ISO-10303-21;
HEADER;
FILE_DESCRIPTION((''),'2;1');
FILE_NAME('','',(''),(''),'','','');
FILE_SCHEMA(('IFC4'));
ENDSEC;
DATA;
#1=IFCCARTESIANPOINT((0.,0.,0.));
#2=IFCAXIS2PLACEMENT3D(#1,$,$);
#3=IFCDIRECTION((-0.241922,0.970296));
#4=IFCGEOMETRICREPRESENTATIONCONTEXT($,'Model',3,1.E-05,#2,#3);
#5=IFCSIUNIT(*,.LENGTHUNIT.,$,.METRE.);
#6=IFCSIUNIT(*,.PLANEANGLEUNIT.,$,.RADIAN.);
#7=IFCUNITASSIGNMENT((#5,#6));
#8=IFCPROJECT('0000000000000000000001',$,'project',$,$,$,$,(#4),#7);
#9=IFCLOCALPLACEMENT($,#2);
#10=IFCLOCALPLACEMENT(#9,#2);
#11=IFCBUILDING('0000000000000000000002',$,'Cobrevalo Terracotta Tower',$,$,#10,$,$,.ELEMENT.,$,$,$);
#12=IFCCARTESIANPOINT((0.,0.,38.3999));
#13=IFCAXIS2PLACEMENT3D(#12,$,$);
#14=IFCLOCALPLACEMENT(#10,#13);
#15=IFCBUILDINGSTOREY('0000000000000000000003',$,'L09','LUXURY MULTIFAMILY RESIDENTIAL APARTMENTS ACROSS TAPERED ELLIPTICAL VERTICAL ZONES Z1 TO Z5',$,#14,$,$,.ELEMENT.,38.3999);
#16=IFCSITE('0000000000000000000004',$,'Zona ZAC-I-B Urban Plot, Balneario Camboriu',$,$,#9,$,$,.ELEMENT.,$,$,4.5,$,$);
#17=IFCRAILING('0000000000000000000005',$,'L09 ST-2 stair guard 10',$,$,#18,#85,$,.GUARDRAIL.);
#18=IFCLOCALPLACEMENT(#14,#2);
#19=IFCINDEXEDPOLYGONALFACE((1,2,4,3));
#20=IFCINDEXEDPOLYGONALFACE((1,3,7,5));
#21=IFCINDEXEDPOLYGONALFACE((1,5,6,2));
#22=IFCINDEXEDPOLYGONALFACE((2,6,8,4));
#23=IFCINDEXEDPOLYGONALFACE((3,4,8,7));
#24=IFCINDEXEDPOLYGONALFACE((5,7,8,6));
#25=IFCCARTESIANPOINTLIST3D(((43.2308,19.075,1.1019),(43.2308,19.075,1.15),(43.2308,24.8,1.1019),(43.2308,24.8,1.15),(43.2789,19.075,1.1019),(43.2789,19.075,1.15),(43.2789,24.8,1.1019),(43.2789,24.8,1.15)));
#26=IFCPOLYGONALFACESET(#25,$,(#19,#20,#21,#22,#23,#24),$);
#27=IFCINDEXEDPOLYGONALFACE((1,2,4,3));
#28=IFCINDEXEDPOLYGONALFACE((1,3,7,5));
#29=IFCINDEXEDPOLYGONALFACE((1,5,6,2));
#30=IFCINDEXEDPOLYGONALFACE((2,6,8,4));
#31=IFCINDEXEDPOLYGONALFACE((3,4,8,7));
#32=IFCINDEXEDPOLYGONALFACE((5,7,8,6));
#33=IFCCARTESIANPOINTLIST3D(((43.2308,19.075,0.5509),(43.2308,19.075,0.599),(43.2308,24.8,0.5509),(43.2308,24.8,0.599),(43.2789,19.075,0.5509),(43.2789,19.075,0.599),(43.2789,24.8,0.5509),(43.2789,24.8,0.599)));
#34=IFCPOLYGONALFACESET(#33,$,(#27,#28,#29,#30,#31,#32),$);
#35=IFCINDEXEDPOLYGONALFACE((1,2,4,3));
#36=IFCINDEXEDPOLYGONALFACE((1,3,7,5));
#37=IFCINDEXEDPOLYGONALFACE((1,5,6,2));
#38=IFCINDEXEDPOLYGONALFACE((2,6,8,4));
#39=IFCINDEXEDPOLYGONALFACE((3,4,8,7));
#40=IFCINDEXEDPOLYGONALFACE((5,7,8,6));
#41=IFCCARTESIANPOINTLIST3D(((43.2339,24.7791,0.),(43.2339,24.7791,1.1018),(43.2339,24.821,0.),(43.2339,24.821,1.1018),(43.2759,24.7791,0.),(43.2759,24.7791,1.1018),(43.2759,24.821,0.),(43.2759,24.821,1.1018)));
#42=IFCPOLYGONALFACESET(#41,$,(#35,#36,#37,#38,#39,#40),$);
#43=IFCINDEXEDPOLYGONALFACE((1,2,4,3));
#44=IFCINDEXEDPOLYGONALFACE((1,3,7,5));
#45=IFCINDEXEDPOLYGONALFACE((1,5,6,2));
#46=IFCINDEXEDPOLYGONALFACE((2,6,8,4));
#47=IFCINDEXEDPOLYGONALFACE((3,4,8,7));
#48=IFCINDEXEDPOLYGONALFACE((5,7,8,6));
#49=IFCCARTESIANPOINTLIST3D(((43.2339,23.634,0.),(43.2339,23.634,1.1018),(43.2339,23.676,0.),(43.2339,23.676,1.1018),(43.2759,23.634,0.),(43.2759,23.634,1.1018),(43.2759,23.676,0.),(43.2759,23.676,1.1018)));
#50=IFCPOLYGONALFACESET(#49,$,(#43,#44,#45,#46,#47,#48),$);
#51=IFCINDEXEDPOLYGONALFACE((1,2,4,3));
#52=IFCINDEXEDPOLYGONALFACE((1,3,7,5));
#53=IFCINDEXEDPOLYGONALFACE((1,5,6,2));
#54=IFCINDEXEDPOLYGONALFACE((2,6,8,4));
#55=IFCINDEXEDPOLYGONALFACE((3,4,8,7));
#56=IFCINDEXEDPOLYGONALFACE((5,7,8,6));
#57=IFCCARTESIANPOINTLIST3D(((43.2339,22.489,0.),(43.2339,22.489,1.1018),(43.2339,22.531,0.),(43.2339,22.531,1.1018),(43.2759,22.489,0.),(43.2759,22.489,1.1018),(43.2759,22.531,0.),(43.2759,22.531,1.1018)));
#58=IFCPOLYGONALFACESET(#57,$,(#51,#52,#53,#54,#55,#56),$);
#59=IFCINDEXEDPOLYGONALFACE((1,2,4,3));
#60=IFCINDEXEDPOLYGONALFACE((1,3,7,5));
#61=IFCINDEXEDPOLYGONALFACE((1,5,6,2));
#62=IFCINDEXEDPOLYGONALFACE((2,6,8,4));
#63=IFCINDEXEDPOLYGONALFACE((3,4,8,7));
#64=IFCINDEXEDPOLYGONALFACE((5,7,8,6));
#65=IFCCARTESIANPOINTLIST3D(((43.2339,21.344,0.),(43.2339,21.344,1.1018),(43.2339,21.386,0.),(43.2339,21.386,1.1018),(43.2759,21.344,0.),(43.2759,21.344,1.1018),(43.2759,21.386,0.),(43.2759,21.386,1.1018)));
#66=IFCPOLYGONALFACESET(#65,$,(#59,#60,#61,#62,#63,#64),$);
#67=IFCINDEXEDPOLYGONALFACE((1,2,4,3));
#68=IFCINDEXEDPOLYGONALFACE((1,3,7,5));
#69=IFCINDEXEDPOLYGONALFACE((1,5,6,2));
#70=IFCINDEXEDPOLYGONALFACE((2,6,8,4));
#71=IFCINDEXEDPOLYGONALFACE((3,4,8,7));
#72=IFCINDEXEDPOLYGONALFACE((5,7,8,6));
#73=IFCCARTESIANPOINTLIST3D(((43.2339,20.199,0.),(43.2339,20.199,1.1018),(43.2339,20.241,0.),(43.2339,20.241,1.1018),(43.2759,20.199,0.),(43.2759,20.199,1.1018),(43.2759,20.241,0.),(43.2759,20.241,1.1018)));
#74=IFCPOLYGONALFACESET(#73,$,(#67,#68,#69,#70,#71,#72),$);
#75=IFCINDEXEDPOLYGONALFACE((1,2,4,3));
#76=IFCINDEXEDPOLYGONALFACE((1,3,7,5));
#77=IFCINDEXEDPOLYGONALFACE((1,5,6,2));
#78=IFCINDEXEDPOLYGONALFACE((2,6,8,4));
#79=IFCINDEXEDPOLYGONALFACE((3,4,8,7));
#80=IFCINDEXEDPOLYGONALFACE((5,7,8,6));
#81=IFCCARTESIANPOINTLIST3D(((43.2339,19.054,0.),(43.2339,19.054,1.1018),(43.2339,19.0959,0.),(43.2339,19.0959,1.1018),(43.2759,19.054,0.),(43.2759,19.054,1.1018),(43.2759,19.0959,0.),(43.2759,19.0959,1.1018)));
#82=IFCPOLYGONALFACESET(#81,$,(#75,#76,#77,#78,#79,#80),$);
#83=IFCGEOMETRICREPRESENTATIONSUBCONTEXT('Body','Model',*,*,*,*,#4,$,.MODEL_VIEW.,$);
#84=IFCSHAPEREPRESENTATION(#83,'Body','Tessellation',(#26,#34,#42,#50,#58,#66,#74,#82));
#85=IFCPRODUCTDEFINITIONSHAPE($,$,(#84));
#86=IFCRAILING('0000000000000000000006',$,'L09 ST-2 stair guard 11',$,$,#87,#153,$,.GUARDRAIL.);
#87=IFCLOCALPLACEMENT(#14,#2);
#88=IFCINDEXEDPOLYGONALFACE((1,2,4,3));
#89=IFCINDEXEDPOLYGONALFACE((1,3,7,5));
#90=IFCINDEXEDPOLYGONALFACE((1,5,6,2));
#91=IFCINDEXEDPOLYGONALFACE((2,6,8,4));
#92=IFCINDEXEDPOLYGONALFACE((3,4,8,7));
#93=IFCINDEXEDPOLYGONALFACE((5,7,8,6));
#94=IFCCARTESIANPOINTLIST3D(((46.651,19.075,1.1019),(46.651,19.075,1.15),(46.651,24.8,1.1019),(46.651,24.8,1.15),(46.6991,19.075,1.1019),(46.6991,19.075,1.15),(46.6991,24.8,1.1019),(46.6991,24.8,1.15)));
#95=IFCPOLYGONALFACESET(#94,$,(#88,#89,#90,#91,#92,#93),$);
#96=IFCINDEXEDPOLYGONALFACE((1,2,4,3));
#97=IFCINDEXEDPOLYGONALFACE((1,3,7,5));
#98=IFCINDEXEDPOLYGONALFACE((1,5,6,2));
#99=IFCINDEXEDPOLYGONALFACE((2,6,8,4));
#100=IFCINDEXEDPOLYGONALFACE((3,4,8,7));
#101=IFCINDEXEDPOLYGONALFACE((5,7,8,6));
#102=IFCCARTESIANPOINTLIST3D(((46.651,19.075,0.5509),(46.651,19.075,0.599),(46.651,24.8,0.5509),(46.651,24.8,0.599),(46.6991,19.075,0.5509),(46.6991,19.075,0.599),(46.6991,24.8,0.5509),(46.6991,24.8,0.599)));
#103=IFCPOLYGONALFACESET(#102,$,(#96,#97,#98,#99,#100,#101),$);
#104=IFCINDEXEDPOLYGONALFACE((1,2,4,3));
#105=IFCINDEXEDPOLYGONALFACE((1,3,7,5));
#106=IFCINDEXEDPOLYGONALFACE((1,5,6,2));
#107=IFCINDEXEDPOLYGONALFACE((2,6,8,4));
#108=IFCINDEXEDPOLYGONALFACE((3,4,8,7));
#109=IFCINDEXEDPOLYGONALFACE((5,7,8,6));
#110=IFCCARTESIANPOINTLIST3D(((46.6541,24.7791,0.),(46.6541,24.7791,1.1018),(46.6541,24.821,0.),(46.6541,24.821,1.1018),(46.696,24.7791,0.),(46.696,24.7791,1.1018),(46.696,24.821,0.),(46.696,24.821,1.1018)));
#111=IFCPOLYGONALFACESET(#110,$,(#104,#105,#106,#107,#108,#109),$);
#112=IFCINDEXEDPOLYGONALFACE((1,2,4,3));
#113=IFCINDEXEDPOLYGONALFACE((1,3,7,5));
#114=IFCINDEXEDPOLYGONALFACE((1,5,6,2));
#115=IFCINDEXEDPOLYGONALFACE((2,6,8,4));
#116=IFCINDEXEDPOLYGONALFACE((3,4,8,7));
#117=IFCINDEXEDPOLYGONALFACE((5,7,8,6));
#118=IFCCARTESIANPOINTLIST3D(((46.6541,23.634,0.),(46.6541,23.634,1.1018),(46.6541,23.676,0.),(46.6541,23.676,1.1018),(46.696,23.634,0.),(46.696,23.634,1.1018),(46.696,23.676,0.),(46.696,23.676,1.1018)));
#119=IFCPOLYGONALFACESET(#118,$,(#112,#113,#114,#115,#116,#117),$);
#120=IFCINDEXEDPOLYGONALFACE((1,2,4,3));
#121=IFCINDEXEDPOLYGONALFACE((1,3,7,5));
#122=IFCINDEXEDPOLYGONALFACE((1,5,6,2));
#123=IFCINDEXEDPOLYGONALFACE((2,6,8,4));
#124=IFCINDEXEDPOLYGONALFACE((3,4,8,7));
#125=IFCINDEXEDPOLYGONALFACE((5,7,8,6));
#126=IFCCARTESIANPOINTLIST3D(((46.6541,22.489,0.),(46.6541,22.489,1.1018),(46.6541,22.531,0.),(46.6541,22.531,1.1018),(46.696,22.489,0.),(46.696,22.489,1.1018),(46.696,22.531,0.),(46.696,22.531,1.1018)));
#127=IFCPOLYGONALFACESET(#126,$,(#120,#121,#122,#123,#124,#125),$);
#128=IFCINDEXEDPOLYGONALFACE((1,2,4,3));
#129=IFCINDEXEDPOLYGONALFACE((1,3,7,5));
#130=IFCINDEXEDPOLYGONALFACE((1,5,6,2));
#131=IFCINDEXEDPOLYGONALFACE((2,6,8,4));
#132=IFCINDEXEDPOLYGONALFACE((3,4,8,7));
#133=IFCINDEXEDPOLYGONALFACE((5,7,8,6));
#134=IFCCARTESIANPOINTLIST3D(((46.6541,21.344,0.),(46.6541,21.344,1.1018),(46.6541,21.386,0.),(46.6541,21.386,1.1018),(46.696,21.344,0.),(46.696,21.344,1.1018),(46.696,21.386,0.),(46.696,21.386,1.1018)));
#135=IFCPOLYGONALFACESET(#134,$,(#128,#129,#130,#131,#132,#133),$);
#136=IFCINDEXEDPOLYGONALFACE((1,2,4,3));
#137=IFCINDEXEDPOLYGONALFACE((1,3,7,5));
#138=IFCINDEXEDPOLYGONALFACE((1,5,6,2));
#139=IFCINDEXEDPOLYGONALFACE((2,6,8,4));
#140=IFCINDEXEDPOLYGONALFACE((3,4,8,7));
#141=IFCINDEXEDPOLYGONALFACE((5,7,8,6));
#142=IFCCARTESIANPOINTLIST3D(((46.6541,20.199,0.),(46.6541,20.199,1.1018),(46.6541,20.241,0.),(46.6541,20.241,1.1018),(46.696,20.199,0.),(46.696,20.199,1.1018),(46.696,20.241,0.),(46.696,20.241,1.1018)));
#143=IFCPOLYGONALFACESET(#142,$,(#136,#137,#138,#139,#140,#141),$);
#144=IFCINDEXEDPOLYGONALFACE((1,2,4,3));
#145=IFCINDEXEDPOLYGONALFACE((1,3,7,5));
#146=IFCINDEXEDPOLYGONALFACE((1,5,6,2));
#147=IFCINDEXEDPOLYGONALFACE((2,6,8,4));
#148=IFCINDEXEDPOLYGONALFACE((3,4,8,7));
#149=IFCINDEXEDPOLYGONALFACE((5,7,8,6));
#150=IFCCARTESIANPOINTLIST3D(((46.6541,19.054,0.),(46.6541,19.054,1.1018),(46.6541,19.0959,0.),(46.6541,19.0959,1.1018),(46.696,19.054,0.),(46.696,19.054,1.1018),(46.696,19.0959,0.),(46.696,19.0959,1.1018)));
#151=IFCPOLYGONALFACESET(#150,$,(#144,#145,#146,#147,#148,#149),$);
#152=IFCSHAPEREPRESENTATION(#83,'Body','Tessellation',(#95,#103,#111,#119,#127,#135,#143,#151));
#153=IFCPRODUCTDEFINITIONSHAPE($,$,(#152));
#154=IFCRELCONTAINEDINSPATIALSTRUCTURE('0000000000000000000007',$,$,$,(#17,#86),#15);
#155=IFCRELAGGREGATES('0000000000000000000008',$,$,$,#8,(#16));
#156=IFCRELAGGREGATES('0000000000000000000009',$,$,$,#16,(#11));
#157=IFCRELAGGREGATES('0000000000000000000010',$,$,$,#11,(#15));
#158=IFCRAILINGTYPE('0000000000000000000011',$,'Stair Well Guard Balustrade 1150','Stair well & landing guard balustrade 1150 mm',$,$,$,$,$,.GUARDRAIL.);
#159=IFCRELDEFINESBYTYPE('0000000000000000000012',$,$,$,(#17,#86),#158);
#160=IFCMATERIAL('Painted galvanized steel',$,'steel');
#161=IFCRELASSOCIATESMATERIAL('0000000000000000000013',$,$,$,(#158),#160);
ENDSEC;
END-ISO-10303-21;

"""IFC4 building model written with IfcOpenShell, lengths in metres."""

from ifc_helpers import new_model, si_unit, direction, frame, origin, origin_2d, place, context, subcontext, project, spatial, rectangle, extrude, material, type_object, element, save


model = new_model("IFC4")

# Units and contexts
model_context = context("Model", 3, precision=1e-05, world=origin(), true_north=direction((-0.241922, 0.970296)))
body_context = subcontext(model_context, "Body", "Model", "MODEL_VIEW")
ifc_project = project(units=[si_unit("LENGTHUNIT", "METRE"), si_unit("PLANEANGLEUNIT", "RADIAN")], contexts=[model_context])

# Site, building, storey
site_placement = place(None, origin())
site = spatial("IfcSite", under=ifc_project, at=site_placement, Name="Zona ZAC-I-B Urban Plot, Balneario Camboriu", CompositionType="ELEMENT", RefElevation=4.5)
building_placement = place(site_placement, origin())
building = spatial("IfcBuilding", under=site, at=building_placement, Name="Cobrevalo Terracotta Tower", CompositionType="ELEMENT")
storey_placement = place(building_placement, frame((0.0, 0.0, 38.3999)))
storey = spatial("IfcBuildingStorey", under=building, at=storey_placement, Name="L09", Description="LUXURY MULTIFAMILY RESIDENTIAL APARTMENTS ACROSS TAPERED ELLIPTICAL VERTICAL ZONES Z1 TO Z5", CompositionType="ELEMENT", Elevation=38.3999)

# Railings
ifc_material_1 = material(Name="Painted galvanized steel", Category="steel")
railing_type_1 = type_object("IfcRailingType", Name="Stair Well Guard Balustrade 1150", Description="Stair well & landing guard balustrade 1150 mm", PredefinedType="GUARDRAIL", material=ifc_material_1)
for number, where, name in (
    (1, (43.2549, 24.8, 0.0), "L09 ST-2 stair guard 10"),
    (2, (46.675, 24.8, 0.0), "L09 ST-2 stair guard 11"),
):
    element("IfcRailing", number, at=place(storey_placement, frame(where)), inside=storey, type_object=railing_type_1, Name=name, PredefinedType="GUARDRAIL", context=body_context, shape_type="SweptSolid", body=[
        extrude(rectangle(XDim=0.0481, YDim=0.0481, at=origin_2d()), frame((0.0, 0.0, 1.126), z_axis=(0.0, -1.0, 0.0), x_axis=(1.0, 0.0, 0.0)), (0.0, 0.0, 1.0), 5.7251),
        extrude(rectangle(XDim=0.0481, YDim=0.0481, at=origin_2d()), frame((0.0, 0.0, 0.575), z_axis=(0.0, -1.0, 0.0), x_axis=(1.0, 0.0, 0.0)), (0.0, 0.0, 1.0), 5.7251),
        extrude(rectangle(XDim=0.042, YDim=0.042, at=origin_2d()), origin(), (0.0, 0.0, 1.0), 1.1018),
        extrude(rectangle(XDim=0.042, YDim=0.042, at=origin_2d()), frame((0.0, -1.145, 0.0)), (0.0, 0.0, 1.0), 1.1018),
        extrude(rectangle(XDim=0.042, YDim=0.042, at=origin_2d()), frame((0.0, -2.29, 0.0)), (0.0, 0.0, 1.0), 1.1018),
        extrude(rectangle(XDim=0.042, YDim=0.042, at=origin_2d()), frame((0.0, -3.4351, 0.0)), (0.0, 0.0, 1.0), 1.1018),
        extrude(rectangle(XDim=0.042, YDim=0.042, at=origin_2d()), frame((0.0, -4.5801, 0.0)), (0.0, 0.0, 1.0), 1.1018),
        extrude(rectangle(XDim=0.042, YDim=0.042, at=origin_2d()), frame((0.0, -5.7251, 0.0)), (0.0, 0.0, 1.0), 1.1018),
    ])

save(model, "model.ifc")
